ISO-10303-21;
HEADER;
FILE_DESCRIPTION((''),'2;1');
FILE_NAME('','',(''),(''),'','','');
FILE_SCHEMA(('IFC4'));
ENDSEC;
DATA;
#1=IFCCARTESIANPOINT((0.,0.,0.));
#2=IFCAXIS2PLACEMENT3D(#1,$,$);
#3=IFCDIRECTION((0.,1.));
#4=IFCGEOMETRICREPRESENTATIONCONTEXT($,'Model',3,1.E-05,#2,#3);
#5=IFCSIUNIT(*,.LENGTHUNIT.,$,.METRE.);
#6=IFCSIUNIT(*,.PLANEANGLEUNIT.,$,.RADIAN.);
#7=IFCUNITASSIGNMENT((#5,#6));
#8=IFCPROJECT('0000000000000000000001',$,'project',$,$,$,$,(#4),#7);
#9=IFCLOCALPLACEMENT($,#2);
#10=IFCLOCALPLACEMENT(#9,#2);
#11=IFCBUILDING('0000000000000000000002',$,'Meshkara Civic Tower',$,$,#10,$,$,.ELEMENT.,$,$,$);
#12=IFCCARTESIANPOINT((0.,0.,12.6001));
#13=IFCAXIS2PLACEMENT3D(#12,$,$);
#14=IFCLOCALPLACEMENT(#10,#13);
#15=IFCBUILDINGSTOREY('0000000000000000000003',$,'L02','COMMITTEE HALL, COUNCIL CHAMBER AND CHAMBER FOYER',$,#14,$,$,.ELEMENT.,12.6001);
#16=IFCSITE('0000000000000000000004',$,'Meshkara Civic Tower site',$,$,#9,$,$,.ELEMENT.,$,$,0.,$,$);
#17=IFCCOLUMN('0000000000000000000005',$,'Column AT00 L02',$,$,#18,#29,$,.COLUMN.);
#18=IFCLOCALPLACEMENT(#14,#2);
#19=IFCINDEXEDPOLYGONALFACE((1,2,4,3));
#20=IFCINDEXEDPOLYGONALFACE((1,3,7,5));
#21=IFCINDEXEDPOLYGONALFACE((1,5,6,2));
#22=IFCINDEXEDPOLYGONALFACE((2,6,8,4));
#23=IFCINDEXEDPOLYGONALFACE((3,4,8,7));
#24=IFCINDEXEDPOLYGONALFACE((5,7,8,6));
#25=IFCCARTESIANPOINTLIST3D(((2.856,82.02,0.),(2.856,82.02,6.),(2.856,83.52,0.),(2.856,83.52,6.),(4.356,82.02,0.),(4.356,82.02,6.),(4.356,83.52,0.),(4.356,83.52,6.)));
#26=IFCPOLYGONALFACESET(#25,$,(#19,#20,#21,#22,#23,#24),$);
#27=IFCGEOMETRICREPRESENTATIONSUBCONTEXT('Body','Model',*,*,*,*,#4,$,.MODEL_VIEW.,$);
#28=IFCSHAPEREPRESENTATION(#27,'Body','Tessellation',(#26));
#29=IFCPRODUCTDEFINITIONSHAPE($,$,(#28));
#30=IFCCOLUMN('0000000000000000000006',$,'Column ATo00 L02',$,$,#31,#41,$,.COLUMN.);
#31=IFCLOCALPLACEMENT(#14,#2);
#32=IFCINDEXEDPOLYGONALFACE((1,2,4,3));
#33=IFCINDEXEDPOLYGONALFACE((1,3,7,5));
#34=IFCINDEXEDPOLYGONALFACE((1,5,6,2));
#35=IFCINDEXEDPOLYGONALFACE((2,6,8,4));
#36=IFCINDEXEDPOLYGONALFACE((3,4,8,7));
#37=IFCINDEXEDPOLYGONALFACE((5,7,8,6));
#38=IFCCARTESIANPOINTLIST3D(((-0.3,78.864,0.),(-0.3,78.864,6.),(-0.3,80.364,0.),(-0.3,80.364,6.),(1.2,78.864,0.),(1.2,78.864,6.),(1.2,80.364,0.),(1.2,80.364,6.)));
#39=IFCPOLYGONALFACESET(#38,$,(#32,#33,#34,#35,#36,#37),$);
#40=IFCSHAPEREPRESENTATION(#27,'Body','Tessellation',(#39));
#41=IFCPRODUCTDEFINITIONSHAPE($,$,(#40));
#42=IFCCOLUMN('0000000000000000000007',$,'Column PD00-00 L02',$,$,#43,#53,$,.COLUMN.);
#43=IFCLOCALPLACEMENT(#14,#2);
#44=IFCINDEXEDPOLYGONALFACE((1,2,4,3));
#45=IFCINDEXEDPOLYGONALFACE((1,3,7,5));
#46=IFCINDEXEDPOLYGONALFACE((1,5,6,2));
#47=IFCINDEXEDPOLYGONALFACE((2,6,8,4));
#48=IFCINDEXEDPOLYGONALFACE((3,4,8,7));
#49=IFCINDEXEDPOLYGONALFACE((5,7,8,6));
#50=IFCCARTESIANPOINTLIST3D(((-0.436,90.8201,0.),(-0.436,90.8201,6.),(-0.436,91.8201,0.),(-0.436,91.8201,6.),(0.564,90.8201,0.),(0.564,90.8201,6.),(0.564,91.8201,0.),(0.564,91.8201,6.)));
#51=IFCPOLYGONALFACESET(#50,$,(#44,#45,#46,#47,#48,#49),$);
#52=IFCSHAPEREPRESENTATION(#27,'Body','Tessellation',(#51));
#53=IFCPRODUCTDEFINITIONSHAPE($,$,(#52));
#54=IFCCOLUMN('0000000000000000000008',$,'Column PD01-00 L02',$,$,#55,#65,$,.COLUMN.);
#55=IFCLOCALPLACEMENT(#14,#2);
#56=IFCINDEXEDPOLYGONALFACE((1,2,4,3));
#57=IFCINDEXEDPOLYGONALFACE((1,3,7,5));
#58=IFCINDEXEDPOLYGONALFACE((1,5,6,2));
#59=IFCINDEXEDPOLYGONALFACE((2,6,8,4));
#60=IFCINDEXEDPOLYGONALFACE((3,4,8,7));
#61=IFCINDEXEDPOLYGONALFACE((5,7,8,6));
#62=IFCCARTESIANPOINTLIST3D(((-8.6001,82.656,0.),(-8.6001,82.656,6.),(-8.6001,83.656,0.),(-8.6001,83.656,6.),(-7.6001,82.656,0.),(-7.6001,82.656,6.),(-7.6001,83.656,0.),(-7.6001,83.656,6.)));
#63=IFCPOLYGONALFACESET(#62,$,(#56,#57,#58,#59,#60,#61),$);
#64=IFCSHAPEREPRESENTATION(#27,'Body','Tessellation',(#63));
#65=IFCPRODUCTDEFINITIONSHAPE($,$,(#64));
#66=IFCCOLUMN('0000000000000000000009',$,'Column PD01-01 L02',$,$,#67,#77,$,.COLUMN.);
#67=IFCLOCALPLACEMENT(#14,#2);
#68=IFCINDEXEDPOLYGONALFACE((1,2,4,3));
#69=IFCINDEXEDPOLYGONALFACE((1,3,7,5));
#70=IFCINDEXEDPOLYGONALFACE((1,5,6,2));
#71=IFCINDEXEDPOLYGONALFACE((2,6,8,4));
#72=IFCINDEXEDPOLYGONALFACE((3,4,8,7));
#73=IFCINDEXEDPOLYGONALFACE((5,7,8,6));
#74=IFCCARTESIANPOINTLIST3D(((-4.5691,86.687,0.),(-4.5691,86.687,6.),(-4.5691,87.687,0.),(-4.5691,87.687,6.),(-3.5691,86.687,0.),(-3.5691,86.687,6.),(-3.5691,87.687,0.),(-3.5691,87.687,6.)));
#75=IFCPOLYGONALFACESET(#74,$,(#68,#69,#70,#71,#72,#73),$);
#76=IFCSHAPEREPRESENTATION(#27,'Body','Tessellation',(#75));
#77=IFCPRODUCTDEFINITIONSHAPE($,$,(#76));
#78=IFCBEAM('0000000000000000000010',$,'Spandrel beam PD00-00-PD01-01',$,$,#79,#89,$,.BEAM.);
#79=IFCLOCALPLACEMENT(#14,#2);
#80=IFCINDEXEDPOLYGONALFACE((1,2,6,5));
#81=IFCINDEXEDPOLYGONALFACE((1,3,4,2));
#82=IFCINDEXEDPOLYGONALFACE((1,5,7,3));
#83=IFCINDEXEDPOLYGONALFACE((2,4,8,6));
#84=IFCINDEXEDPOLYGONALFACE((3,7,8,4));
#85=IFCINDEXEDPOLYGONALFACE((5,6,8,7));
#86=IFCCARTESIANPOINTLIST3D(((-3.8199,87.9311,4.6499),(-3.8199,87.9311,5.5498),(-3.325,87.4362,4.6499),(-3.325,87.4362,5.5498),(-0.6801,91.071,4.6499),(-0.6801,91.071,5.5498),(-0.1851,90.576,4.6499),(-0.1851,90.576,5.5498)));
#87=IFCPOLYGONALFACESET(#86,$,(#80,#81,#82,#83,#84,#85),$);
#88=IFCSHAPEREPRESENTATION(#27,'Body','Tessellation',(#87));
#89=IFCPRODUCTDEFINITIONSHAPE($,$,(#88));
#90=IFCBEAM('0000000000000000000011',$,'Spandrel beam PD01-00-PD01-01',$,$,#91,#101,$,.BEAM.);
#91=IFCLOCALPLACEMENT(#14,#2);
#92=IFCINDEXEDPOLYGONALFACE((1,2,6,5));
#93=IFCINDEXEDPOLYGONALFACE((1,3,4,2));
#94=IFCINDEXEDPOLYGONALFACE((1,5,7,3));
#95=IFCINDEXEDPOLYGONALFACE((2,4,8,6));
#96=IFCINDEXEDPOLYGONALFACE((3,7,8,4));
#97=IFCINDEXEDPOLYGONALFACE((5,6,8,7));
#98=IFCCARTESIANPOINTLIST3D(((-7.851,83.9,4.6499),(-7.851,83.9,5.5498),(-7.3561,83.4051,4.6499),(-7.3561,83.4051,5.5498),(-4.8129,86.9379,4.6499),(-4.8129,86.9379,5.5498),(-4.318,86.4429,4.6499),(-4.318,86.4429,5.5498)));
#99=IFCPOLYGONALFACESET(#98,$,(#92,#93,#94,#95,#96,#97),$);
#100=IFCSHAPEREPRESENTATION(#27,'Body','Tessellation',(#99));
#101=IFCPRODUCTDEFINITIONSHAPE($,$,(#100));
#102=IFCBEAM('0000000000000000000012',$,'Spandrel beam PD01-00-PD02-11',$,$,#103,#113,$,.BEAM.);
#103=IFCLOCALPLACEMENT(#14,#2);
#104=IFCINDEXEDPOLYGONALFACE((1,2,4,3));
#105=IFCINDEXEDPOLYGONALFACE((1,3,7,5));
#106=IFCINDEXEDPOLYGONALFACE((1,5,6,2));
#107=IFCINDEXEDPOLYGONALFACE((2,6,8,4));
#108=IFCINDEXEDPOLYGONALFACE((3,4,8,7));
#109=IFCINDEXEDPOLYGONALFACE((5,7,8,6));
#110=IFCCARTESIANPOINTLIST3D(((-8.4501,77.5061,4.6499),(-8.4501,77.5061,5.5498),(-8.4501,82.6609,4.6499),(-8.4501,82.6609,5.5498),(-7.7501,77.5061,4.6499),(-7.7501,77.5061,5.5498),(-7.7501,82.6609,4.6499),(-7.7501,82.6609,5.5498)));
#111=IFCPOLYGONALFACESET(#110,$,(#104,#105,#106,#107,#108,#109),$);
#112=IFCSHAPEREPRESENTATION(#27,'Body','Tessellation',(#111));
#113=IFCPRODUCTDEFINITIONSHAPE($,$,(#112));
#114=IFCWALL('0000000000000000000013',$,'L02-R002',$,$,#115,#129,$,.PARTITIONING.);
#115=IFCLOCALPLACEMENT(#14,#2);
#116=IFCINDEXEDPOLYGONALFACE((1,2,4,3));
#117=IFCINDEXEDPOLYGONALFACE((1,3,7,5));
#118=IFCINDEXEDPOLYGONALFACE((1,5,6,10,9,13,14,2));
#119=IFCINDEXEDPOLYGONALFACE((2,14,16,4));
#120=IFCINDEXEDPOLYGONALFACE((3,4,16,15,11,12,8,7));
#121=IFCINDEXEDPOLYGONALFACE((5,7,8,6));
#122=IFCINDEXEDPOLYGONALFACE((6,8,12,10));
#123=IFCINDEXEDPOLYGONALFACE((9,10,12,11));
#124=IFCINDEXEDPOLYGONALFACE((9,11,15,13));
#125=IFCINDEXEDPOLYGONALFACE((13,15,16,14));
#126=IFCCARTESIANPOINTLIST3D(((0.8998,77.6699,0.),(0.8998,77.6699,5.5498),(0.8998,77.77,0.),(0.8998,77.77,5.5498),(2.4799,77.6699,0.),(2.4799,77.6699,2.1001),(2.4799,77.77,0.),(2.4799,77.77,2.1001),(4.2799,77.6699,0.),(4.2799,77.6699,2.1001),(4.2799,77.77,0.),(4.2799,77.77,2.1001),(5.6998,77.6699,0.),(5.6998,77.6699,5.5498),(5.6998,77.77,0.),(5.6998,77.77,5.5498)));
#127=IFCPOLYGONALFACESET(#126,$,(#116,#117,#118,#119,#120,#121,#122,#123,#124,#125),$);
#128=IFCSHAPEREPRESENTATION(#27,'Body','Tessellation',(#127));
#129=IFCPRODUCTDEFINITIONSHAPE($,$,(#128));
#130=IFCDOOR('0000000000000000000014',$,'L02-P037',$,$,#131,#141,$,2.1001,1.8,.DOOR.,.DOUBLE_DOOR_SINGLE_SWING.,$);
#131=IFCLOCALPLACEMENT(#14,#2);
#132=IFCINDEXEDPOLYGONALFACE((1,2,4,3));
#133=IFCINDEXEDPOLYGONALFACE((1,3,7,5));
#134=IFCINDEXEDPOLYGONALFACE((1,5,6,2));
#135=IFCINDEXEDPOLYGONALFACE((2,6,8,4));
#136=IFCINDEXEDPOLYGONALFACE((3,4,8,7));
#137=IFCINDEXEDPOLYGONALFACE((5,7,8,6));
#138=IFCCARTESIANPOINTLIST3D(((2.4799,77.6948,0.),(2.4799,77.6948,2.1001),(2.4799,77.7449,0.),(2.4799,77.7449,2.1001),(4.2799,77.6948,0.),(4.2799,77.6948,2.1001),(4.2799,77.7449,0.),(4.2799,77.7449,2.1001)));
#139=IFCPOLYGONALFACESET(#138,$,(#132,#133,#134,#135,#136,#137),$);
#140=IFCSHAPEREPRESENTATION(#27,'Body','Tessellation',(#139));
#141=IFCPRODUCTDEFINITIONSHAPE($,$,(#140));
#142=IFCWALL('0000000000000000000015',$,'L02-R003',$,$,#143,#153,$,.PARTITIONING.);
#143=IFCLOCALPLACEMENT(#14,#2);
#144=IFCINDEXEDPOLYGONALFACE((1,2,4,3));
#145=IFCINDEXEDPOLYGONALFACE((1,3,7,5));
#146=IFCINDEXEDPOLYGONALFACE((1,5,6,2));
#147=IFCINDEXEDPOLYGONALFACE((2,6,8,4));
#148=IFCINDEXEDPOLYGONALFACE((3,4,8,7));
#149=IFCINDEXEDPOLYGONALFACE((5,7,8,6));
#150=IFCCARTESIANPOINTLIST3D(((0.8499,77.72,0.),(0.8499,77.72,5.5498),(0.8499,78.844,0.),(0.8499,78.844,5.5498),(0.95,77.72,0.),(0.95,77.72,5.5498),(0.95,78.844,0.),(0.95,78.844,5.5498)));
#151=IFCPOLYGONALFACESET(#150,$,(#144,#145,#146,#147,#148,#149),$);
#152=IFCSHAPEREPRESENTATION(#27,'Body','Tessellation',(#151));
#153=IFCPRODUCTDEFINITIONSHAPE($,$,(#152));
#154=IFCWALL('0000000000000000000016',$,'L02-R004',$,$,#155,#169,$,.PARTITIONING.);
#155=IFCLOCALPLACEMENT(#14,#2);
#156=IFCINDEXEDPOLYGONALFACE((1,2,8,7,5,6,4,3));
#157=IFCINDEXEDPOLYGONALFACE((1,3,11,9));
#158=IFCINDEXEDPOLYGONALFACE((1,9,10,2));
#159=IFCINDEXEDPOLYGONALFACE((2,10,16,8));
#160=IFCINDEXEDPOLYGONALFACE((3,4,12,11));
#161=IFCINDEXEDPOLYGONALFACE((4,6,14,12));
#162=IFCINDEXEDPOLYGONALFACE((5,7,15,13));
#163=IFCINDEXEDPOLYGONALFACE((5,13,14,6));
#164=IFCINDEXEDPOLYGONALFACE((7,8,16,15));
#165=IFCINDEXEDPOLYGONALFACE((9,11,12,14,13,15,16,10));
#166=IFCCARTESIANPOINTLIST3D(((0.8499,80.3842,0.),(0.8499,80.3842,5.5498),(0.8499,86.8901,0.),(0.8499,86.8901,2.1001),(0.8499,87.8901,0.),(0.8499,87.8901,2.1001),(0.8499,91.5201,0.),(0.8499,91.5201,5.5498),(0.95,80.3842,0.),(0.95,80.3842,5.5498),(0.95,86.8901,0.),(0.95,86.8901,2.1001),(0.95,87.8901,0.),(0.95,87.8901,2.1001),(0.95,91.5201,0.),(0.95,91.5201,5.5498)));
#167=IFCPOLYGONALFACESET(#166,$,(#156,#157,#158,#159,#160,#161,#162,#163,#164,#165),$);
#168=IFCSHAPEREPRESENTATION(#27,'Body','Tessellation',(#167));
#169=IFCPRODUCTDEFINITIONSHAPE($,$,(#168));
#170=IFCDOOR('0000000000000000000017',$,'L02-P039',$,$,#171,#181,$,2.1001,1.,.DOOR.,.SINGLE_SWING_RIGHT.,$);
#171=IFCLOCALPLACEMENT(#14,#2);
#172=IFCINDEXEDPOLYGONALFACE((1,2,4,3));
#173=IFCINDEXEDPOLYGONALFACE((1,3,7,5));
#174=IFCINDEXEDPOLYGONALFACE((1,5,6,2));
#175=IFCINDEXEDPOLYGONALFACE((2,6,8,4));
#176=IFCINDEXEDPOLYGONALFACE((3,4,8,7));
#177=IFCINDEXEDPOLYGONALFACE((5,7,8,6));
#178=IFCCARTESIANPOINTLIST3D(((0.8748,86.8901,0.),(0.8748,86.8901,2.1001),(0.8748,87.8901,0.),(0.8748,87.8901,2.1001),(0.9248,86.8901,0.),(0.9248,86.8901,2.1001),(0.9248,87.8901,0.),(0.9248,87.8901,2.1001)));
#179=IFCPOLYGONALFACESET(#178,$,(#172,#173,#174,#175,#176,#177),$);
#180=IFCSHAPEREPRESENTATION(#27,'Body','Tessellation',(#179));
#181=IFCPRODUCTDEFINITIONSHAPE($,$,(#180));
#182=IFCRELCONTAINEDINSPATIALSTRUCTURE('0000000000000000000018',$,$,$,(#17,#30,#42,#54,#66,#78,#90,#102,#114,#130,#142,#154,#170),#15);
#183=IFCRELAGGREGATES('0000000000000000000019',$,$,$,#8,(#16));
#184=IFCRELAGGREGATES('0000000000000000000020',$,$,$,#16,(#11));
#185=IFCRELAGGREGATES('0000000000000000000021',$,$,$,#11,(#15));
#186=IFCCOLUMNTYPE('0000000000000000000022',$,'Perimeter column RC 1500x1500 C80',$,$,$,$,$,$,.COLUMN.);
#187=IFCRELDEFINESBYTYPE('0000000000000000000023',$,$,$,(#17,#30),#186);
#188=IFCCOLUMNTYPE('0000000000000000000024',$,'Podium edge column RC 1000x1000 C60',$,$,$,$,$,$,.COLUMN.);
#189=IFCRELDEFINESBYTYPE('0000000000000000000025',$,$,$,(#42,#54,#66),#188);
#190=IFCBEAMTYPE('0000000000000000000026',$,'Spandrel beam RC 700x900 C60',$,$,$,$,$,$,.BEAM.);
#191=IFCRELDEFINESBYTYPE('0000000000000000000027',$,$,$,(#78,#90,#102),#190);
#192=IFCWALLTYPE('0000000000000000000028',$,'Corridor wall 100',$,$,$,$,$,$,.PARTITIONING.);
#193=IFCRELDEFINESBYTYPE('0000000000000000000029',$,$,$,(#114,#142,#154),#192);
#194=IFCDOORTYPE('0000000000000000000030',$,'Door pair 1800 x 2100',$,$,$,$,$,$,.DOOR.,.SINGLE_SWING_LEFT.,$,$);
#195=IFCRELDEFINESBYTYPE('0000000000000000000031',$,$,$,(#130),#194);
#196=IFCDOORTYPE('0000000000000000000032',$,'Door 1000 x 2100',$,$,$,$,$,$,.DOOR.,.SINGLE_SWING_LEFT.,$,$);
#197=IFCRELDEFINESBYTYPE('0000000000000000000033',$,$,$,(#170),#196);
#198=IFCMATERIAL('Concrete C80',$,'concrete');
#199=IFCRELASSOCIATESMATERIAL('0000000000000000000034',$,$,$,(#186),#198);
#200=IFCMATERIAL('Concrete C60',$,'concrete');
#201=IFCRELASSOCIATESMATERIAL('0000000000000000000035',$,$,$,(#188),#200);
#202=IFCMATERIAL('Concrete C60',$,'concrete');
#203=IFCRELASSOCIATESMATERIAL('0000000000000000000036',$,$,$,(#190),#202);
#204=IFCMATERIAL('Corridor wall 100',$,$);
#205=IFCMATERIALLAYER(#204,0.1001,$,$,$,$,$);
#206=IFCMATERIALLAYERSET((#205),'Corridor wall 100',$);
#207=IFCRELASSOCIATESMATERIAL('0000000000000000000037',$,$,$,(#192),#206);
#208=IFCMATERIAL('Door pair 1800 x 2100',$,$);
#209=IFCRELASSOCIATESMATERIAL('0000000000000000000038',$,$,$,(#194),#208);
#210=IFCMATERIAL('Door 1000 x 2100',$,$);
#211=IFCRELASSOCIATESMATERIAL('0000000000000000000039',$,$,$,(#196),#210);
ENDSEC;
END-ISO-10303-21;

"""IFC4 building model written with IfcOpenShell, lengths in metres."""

from ifc_helpers import new_model, si_unit, direction, frame, frame_2d, origin, origin_2d, place, context, subcontext, project, spatial, rectangle, extrude, material, layer, layer_set, material_profile, profile_set, type_object, element, fill, save


model = new_model("IFC4")

# Units and contexts
model_context = context("Model", 3, precision=1e-05, world=origin(), true_north=direction((0.0, 1.0)))
body_context = subcontext(model_context, "Body", "Model", "MODEL_VIEW")
ifc_project = project(units=[si_unit("LENGTHUNIT", "METRE"), si_unit("PLANEANGLEUNIT", "RADIAN")], contexts=[model_context])

# Site, building, storey
site_placement = place(None, origin())
site = spatial("IfcSite", under=ifc_project, at=site_placement, Name="Meshkara Civic Tower site", CompositionType="ELEMENT", RefElevation=0.0)
building_placement = place(site_placement, origin())
building = spatial("IfcBuilding", under=site, at=building_placement, Name="Meshkara Civic Tower", CompositionType="ELEMENT")
storey_placement = place(building_placement, frame((0.0, 0.0, 12.6001)))
storey = spatial("IfcBuildingStorey", under=building, at=storey_placement, Name="L02", Description="COMMITTEE HALL, COUNCIL CHAMBER AND CHAMBER FOYER", CompositionType="ELEMENT", Elevation=12.6001)

# Columns
ifc_material_1 = material(Name="Concrete C80", Category="concrete")
ifc_material_profile_1 = material_profile(ifc_material_1, rectangle(XDim=1.5, YDim=1.5, at=origin_2d()))
ifc_profile_set_1 = profile_set([ifc_material_profile_1], Name="Concrete C80")
column_type_1 = type_object("IfcColumnType", Name="Perimeter column RC 1500x1500 C80", PredefinedType="COLUMN", material=ifc_profile_set_1)
for number, where, z_axis, x_axis, name in (
    (1, (3.606, 82.77, 0.0), (0.0, 0.0, 1.0), (1.0, 0.0, 0.0), "Column AT00 L02"),
    (2, (0.45, 79.614, 0.0), (0.0, 0.0, 1.0), (1.0, 0.0, 0.0), "Column ATo00 L02"),
):
    element("IfcColumn", number, at=place(storey_placement, frame(where, z_axis=z_axis, x_axis=x_axis)), inside=storey, type_object=column_type_1, Name=name, PredefinedType="COLUMN", context=body_context, shape_type="SweptSolid", body=[
        extrude(rectangle(XDim=1.5, YDim=1.5, at=origin_2d()), origin(), (0.0, 0.0, 1.0), 6.0),
    ])
ifc_material_2 = material(Name="Concrete C60", Category="concrete")
ifc_material_profile_2 = material_profile(ifc_material_2, rectangle(XDim=1.0, YDim=1.0, at=origin_2d()))
ifc_profile_set_2 = profile_set([ifc_material_profile_2], Name="Concrete C60")
column_type_2 = type_object("IfcColumnType", Name="Podium edge column RC 1000x1000 C60", PredefinedType="COLUMN", material=ifc_profile_set_2)
for number, where, z_axis, x_axis, name in (
    (3, (0.064, 91.3201, 0.0), (0.0, 0.0, 1.0), (1.0, 0.0, 0.0), "Column PD00-00 L02"),
    (4, (-8.1001, 83.156, 0.0), (0.0, 0.0, 1.0), (1.0, 0.0, 0.0), "Column PD01-00 L02"),
    (5, (-4.0691, 87.187, 0.0), (0.0, 0.0, 1.0), (1.0, 0.0, 0.0), "Column PD01-01 L02"),
):
    element("IfcColumn", number, at=place(storey_placement, frame(where, z_axis=z_axis, x_axis=x_axis)), inside=storey, type_object=column_type_2, Name=name, PredefinedType="COLUMN", context=body_context, shape_type="SweptSolid", body=[
        extrude(rectangle(XDim=1.0, YDim=1.0, at=origin_2d()), origin(), (0.0, 0.0, 1.0), 6.0),
    ])

# Beams
ifc_material_3 = material(Name="Concrete C60", Category="concrete")
ifc_material_profile_3 = material_profile(ifc_material_3, rectangle(XDim=0.7, YDim=0.8999, at=origin_2d()))
ifc_profile_set_3 = profile_set([ifc_material_profile_3], Name="Concrete C60")
beam_type = type_object("IfcBeamType", Name="Spandrel beam RC 700x900 C60", PredefinedType="BEAM", material=ifc_profile_set_3)
beam_1_placement = place(storey_placement, frame((-0.4326, 90.8235, 5.0999), z_axis=(-0.707107, -0.707107, 0.0), x_axis=(0.707107, -0.707107, 0.0)))
element("IfcBeam", 6, at=beam_1_placement, inside=storey, type_object=beam_type, Name="Spandrel beam PD00-00-PD01-01", PredefinedType="BEAM", context=body_context, shape_type="SweptSolid", body=[
    extrude(rectangle(XDim=0.7, YDim=0.8999, at=origin_2d()), origin(), (0.0, 0.0, 1.0), 4.4404),
])
beam_2_placement = place(storey_placement, frame((-4.5654, 86.6904, 5.0999), z_axis=(-0.707135, -0.707078, 0.0), x_axis=(0.707078, -0.707135, 0.0)))
element("IfcBeam", 7, at=beam_2_placement, inside=storey, type_object=beam_type, Name="Spandrel beam PD01-00-PD01-01", PredefinedType="BEAM", context=body_context, shape_type="SweptSolid", body=[
    extrude(rectangle(XDim=0.7, YDim=0.8999, at=origin_2d()), origin(), (0.0, 0.0, 1.0), 4.2964),
])
beam_3_placement = place(storey_placement, frame((-8.1001, 82.6609, 5.0999), z_axis=(0.0, -1.0, 0.0), x_axis=(1.0, 0.0, 0.0)))
element("IfcBeam", 8, at=beam_3_placement, inside=storey, type_object=beam_type, Name="Spandrel beam PD01-00-PD02-11", PredefinedType="BEAM", context=body_context, shape_type="SweptSolid", body=[
    extrude(rectangle(XDim=0.7, YDim=0.8999, at=origin_2d()), origin(), (0.0, 0.0, 1.0), 5.1548),
])

# Wall, opening, door
ifc_material_4 = material(Name="Corridor wall 100")
ifc_layer_1 = layer(ifc_material_4, 0.1001)
ifc_layer_set_1 = layer_set([ifc_layer_1], Name="Corridor wall 100")
wall_type_1 = type_object("IfcWallType", Name="Corridor wall 100", PredefinedType="PARTITIONING", material=ifc_layer_set_1)
wall_1_placement = place(storey_placement, frame((0.8999, 77.72, 0.0), z_axis=(0.0, 0.0, 1.0), x_axis=(1.0, 0.0, 0.0)))
wall_1 = element("IfcWall", 9, at=wall_1_placement, inside=storey, type_object=wall_type_1, Name="L02-R002", PredefinedType="PARTITIONING", context=body_context, shape_type="SweptSolid", body=[
    extrude(rectangle(XDim=4.8, YDim=0.1001, at=frame_2d((2.3999, 0.0))), origin(), (0.0, 0.0, 1.0), 5.5498),
])
opening_1_placement = place(wall_1_placement, frame((1.5801, 0.0, 0.0)))
opening_1 = element("IfcOpeningElement", 10, at=opening_1_placement, cuts=wall_1, PredefinedType="OPENING", context=body_context, shape_type="SweptSolid", body=[
    extrude(rectangle(XDim=1.8, YDim=2.1001, at=frame_2d((0.8999, 1.05))), frame((0.0, 0.0601, 0.0), z_axis=(0.0, -1.0, 0.0), x_axis=(1.0, 0.0, 0.0)), (0.0, 0.0, 1.0), 0.1201),
])
ifc_material_5 = material(Name="Door pair 1800 x 2100")
door_type_1 = type_object("IfcDoorType", Name="Door pair 1800 x 2100", OperationType="SINGLE_SWING_LEFT", PredefinedType="DOOR", material=ifc_material_5)
door_1_placement = place(opening_1_placement, origin())
door_1 = element("IfcDoor", 11, at=door_1_placement, inside=storey, type_object=door_type_1, Name="L02-P037", OperationType="DOUBLE_DOOR_SINGLE_SWING", OverallHeight=2.1001, OverallWidth=1.8, PredefinedType="DOOR", context=body_context, shape_type="SweptSolid", body=[
    extrude(rectangle(XDim=1.8, YDim=2.1001, at=frame_2d((0.8999, 1.05))), frame((0.0, 0.0249, 0.0), z_axis=(0.0, -1.0, 0.0), x_axis=(1.0, 0.0, 0.0)), (0.0, 0.0, 1.0), 0.05),
])
fill(opening_1, door_1)

# Wall
wall_2_placement = place(storey_placement, frame((0.8999, 78.844, 0.0), z_axis=(0.0, 0.0, 1.0), x_axis=(0.0, -1.0, 0.0)))
element("IfcWall", 12, at=wall_2_placement, inside=storey, type_object=wall_type_1, Name="L02-R003", PredefinedType="PARTITIONING", context=body_context, shape_type="SweptSolid", body=[
    extrude(rectangle(XDim=1.124, YDim=0.1001, at=frame_2d((0.562, 0.0))), origin(), (0.0, 0.0, 1.0), 5.5498),
])

# Wall, opening, door
wall_3_placement = place(storey_placement, frame((0.8999, 91.52, 0.0), z_axis=(0.0, 0.0, 1.0), x_axis=(0.0, -1.0, 0.0)))
wall_3 = element("IfcWall", 13, at=wall_3_placement, inside=storey, type_object=wall_type_1, Name="L02-R004", PredefinedType="PARTITIONING", context=body_context, shape_type="SweptSolid", body=[
    extrude(rectangle(XDim=11.136, YDim=0.1001, at=frame_2d((5.5679, 0.0))), origin(), (0.0, 0.0, 1.0), 5.5498),
])
opening_2_placement = place(wall_3_placement, frame((3.6299, 0.0, 0.0)))
opening_2 = element("IfcOpeningElement", 14, at=opening_2_placement, cuts=wall_3, PredefinedType="OPENING", context=body_context, shape_type="SweptSolid", body=[
    extrude(rectangle(XDim=1.0, YDim=2.1001, at=frame_2d((0.5, 1.05))), frame((0.0, 0.0601, 0.0), z_axis=(0.0, -1.0, 0.0), x_axis=(1.0, 0.0, 0.0)), (0.0, 0.0, 1.0), 0.1201),
])
ifc_material_6 = material(Name="Door 1000 x 2100")
door_type_2 = type_object("IfcDoorType", Name="Door 1000 x 2100", OperationType="SINGLE_SWING_LEFT", PredefinedType="DOOR", material=ifc_material_6)
door_2_placement = place(opening_2_placement, origin())
door_2 = element("IfcDoor", 15, at=door_2_placement, inside=storey, type_object=door_type_2, Name="L02-P039", OperationType="SINGLE_SWING_RIGHT", OverallHeight=2.1001, OverallWidth=1.0, PredefinedType="DOOR", context=body_context, shape_type="SweptSolid", body=[
    extrude(rectangle(XDim=1.0, YDim=2.1001, at=frame_2d((0.5, 1.05))), frame((0.0, 0.0249, 0.0), z_axis=(0.0, -1.0, 0.0), x_axis=(1.0, 0.0, 0.0)), (0.0, 0.0, 1.0), 0.05),
])
fill(opening_2, door_2)

save(model, "model.ifc")
